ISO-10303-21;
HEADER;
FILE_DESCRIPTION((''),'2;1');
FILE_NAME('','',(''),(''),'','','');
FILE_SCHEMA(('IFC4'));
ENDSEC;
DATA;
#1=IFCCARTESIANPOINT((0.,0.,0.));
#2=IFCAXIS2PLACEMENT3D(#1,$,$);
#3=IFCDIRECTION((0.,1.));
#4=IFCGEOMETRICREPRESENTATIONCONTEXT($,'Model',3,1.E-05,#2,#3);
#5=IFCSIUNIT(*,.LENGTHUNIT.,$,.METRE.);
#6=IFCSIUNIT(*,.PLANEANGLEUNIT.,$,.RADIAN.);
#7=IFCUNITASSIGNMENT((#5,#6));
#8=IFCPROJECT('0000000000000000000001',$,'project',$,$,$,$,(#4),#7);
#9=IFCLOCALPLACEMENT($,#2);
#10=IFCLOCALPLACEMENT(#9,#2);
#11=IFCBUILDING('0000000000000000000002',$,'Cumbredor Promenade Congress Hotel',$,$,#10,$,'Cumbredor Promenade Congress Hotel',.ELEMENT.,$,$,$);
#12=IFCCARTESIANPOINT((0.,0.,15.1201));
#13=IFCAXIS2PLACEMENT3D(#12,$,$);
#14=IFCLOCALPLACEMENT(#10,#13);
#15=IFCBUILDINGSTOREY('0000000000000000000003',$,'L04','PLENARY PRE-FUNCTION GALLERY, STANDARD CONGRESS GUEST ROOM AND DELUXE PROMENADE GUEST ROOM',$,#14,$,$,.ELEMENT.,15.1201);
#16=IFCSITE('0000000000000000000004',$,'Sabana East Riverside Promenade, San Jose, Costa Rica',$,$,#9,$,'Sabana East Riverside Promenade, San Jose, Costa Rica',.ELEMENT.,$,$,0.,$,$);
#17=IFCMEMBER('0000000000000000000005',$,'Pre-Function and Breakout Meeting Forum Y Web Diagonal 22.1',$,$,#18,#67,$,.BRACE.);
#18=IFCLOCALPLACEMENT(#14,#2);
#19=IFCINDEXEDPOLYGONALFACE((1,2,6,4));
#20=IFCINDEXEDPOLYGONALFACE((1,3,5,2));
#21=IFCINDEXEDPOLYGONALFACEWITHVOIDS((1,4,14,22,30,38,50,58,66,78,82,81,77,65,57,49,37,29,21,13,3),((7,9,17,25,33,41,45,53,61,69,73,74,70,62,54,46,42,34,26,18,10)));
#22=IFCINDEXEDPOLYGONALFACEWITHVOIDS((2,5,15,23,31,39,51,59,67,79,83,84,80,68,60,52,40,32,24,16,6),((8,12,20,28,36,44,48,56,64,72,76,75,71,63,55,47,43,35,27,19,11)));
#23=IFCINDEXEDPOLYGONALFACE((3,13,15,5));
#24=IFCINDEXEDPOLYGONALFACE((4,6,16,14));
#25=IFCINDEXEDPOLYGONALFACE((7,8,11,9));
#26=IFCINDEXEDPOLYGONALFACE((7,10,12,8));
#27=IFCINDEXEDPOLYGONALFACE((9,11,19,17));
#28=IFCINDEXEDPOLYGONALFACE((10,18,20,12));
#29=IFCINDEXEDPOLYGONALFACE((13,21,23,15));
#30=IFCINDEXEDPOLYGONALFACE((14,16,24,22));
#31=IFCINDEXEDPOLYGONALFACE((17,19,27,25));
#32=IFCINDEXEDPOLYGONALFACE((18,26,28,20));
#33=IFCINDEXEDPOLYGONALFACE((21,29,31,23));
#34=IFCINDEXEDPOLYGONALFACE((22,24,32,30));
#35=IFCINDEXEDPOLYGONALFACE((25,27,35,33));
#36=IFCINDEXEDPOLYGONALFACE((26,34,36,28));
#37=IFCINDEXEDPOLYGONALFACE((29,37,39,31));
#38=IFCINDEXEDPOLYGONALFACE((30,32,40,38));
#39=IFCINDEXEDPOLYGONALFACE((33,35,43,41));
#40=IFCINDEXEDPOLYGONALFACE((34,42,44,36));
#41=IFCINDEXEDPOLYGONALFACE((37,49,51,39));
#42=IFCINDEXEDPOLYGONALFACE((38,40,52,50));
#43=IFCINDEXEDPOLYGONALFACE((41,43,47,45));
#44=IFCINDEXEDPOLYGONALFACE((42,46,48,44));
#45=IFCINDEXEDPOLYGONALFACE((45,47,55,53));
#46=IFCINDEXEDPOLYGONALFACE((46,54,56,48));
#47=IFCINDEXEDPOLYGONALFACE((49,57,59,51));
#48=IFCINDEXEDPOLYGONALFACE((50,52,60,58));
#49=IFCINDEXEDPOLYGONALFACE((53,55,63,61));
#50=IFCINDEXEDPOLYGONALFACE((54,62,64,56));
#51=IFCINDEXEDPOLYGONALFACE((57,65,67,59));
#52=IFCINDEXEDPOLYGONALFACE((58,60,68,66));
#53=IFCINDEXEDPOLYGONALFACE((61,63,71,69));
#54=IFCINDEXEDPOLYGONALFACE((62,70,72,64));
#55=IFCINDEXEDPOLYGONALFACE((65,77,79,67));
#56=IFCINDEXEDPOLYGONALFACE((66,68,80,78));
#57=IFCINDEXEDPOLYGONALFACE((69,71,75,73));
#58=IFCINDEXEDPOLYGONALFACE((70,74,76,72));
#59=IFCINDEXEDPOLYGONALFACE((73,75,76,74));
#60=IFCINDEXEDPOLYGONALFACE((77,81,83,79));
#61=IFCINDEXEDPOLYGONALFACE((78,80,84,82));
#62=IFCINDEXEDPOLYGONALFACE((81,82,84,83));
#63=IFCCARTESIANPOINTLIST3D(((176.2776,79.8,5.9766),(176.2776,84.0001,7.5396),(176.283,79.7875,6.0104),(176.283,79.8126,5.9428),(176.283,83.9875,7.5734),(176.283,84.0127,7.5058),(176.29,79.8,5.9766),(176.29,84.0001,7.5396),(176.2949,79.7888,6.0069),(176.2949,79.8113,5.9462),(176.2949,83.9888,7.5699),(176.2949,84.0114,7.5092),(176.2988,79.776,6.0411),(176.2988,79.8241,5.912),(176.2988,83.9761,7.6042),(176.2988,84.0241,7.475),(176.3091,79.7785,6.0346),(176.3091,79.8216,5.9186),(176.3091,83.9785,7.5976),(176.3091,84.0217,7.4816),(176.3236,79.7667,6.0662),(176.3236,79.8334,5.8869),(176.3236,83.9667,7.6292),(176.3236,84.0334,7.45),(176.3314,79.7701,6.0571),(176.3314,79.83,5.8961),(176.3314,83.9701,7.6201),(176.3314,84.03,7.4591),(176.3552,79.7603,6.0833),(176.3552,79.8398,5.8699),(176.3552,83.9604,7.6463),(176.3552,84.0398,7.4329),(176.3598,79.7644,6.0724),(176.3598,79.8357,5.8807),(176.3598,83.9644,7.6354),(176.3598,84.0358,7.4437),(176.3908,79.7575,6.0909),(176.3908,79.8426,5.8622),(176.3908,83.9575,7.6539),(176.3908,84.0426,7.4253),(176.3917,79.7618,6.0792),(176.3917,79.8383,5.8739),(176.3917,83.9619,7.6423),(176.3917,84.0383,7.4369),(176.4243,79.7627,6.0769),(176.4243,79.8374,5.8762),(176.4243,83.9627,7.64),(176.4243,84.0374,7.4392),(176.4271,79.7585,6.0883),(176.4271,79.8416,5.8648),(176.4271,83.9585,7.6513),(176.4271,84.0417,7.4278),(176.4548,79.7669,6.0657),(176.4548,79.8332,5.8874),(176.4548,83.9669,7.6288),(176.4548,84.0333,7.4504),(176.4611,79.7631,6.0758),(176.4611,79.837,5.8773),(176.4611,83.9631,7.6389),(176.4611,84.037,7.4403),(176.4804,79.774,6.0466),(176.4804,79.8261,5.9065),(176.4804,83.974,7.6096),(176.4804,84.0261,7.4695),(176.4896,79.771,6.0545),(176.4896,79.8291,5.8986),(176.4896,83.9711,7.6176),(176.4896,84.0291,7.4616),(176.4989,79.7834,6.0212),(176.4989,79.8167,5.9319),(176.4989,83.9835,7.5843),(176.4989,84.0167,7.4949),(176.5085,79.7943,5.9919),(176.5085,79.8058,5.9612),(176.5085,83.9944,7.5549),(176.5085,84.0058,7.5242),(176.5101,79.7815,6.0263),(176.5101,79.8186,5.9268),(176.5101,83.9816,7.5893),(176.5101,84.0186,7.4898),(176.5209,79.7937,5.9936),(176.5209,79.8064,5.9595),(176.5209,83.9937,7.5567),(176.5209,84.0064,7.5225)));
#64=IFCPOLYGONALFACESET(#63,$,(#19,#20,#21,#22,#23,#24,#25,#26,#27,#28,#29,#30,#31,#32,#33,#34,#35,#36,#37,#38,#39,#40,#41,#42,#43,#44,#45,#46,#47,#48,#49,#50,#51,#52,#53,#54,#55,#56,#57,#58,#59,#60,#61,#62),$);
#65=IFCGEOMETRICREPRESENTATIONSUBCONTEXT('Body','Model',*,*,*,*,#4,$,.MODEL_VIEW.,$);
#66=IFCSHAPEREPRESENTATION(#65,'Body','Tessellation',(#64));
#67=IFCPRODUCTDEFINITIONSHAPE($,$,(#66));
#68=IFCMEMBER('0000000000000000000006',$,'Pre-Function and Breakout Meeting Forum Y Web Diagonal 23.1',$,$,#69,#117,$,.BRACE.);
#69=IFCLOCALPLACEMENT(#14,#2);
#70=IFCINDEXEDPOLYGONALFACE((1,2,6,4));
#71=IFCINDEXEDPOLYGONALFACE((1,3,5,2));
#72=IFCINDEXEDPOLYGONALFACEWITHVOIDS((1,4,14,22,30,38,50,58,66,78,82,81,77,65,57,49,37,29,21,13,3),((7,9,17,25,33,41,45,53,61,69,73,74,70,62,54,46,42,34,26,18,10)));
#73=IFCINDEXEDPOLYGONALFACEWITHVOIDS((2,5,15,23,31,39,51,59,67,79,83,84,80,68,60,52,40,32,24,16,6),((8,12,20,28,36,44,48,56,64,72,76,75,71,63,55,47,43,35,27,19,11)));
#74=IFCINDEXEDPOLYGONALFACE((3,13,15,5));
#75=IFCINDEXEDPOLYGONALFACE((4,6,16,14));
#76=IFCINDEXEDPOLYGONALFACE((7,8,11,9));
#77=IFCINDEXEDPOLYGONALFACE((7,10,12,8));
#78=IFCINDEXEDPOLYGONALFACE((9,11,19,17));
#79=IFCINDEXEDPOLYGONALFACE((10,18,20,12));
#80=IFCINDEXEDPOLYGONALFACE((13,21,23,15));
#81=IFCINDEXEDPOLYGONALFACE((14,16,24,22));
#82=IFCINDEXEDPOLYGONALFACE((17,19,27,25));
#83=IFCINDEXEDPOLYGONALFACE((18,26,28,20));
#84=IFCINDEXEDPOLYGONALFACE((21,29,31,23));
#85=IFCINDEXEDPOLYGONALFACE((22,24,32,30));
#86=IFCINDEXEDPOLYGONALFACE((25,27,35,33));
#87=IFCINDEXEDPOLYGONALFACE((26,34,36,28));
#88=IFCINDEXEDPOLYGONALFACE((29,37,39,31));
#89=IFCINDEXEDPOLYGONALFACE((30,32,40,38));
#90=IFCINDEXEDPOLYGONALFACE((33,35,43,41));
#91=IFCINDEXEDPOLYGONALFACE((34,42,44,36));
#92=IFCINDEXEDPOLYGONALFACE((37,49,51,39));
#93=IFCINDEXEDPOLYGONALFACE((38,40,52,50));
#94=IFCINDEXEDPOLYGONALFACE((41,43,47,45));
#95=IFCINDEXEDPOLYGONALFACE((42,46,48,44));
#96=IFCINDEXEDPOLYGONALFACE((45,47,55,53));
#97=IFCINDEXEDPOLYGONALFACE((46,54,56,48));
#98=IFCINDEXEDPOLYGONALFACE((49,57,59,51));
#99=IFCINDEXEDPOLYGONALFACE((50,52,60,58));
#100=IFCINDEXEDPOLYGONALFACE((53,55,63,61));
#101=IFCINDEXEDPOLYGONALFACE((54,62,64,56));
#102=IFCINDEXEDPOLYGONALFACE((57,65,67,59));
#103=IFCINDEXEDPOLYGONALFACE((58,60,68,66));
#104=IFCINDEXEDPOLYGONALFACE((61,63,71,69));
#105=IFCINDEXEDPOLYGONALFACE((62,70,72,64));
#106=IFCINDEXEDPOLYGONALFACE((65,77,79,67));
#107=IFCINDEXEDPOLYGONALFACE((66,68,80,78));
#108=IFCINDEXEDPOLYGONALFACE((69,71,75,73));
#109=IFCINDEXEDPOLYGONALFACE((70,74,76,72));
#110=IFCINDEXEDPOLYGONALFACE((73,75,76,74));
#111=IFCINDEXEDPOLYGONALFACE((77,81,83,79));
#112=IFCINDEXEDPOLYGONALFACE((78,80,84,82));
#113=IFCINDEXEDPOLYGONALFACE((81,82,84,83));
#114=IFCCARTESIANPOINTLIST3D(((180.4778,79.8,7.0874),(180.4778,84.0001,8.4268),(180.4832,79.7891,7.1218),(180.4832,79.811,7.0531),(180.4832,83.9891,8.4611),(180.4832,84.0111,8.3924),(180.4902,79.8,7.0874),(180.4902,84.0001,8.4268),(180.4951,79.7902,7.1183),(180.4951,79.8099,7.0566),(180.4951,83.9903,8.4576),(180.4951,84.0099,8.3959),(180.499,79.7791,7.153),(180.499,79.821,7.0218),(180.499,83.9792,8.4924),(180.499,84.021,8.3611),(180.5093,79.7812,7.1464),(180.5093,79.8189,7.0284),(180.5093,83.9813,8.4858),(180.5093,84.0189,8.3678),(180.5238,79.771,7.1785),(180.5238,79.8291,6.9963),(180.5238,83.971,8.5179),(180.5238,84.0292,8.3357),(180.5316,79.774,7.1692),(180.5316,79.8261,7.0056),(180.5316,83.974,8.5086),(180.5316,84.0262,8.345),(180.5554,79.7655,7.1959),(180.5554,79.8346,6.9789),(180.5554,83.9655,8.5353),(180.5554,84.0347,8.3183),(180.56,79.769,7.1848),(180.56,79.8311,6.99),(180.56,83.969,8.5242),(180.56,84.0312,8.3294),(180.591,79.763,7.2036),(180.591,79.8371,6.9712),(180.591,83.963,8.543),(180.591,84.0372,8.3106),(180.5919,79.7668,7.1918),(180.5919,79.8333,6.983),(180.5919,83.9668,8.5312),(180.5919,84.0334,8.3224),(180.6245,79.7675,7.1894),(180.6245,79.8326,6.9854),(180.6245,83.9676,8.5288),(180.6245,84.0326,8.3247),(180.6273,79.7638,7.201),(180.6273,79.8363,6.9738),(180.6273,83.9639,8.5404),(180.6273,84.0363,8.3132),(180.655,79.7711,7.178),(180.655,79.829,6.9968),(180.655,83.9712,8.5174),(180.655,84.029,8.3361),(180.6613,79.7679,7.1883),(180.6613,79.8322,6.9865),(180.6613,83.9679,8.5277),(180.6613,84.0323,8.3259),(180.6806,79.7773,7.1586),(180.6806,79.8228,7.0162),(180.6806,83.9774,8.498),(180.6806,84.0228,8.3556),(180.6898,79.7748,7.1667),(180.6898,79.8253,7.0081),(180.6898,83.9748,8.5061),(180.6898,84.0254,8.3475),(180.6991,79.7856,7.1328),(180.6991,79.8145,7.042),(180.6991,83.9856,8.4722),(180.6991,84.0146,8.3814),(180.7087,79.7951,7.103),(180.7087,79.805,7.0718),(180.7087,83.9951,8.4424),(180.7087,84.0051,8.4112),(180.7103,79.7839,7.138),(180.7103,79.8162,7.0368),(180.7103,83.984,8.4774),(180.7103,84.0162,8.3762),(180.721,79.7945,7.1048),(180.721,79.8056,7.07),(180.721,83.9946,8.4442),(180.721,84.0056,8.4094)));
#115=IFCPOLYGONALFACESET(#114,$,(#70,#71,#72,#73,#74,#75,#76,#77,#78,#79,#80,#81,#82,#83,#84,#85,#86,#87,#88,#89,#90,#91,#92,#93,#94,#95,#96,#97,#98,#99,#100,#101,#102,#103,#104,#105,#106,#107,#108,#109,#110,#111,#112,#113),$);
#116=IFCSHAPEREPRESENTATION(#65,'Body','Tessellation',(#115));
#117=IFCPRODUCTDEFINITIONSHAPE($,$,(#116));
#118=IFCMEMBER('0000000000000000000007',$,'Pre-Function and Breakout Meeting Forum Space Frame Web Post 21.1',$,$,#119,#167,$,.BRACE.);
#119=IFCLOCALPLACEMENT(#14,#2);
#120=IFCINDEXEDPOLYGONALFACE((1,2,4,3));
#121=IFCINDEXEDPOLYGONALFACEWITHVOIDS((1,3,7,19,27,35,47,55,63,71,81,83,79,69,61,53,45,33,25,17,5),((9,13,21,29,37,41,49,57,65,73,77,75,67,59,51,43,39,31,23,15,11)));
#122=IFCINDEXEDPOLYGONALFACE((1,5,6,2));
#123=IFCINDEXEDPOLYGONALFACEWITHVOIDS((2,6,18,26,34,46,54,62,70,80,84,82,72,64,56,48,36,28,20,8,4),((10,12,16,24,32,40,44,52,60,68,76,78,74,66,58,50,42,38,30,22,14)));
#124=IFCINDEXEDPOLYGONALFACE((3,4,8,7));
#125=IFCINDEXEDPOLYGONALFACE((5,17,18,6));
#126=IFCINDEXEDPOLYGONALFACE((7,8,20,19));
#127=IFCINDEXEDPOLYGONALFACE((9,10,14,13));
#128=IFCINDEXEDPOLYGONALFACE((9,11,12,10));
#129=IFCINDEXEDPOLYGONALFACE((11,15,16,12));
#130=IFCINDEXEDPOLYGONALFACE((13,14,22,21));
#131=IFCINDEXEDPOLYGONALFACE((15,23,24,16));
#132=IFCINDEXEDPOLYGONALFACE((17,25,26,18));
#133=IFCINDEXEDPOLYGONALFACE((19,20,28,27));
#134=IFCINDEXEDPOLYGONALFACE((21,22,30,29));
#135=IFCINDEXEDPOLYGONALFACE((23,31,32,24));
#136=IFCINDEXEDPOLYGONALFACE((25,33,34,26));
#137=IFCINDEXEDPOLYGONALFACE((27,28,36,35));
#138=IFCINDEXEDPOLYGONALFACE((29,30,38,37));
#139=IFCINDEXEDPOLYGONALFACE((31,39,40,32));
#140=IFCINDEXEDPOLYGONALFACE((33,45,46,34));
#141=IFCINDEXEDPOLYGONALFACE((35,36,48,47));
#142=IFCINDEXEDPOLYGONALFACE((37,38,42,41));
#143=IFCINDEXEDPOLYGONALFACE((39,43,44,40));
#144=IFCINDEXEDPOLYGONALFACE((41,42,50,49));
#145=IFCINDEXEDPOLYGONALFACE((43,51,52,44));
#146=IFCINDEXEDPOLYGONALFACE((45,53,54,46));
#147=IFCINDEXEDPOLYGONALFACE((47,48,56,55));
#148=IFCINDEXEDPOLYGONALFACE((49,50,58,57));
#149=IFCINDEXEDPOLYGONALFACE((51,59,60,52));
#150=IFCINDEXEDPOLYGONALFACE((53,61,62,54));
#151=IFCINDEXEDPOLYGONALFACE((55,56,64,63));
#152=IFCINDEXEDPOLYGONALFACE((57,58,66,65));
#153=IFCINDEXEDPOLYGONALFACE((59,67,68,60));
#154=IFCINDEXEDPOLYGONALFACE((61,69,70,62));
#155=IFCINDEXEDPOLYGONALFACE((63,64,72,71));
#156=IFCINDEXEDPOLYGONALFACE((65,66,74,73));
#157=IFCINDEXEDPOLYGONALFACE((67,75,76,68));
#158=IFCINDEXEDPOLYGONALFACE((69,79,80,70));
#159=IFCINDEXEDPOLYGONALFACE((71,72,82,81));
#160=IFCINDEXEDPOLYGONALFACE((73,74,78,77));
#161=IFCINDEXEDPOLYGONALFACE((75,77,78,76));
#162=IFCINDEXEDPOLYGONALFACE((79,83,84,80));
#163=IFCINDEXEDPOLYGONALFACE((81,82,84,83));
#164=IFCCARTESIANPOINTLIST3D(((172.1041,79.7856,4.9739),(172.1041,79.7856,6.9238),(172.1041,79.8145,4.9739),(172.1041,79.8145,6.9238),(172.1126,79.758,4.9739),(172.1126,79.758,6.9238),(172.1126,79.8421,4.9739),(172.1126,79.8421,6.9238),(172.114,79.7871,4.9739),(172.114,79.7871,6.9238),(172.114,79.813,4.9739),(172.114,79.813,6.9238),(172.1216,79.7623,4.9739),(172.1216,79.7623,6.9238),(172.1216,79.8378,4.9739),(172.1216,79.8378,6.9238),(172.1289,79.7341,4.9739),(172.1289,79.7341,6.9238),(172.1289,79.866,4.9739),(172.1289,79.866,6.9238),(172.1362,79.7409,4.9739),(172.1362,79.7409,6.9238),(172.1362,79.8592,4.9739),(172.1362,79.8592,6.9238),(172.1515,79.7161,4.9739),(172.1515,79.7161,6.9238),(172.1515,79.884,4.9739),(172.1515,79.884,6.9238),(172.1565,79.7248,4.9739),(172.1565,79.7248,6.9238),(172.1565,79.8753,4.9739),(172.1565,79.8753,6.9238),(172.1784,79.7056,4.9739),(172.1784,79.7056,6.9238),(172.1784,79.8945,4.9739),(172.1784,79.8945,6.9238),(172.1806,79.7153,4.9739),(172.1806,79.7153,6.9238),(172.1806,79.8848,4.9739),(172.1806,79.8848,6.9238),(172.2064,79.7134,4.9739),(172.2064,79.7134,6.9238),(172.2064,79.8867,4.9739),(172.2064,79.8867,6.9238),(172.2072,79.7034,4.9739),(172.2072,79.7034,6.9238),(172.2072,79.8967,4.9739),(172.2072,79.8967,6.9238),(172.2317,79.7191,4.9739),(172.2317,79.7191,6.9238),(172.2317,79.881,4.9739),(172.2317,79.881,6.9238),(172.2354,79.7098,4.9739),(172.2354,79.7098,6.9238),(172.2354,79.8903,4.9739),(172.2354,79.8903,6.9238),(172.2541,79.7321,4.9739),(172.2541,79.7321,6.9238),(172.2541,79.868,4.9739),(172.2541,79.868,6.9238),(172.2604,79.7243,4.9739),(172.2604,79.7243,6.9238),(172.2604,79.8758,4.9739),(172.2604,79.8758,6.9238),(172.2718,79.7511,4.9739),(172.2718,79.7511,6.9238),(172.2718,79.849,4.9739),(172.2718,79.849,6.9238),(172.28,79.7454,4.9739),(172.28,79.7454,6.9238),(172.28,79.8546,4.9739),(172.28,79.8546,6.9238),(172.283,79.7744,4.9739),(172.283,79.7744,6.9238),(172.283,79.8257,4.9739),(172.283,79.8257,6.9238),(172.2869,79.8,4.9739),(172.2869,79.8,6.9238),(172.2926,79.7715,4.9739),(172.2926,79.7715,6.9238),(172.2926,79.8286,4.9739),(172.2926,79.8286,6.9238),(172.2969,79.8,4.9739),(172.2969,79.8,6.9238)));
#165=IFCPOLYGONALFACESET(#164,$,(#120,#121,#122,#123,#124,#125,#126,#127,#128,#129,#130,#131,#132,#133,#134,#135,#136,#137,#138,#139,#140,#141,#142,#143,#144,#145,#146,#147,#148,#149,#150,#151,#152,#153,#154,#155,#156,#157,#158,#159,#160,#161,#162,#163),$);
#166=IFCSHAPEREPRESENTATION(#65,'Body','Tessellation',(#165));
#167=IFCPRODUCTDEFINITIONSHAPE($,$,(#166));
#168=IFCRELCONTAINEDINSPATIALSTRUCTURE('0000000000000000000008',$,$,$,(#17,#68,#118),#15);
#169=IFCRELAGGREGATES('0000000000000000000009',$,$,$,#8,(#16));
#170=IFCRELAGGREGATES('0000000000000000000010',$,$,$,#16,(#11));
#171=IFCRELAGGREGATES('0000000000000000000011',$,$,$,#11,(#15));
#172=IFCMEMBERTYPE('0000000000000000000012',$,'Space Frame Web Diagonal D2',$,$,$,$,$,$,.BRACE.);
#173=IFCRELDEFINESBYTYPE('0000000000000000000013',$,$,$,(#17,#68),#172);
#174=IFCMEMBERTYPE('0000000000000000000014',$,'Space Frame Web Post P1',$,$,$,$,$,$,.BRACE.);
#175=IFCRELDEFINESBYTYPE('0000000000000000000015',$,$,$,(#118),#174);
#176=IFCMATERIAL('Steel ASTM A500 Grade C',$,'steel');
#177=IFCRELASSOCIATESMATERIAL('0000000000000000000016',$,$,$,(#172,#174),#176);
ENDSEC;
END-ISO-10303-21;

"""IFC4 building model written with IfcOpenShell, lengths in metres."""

from ifc_helpers import new_model, si_unit, direction, frame, origin, origin_2d, place, context, subcontext, project, spatial, hollow_circle, extrude, material, material_profile, profile_set, type_object, element, save


model = new_model("IFC4")

# Units and contexts
model_context = context("Model", 3, precision=1e-05, world=origin(), true_north=direction((0.0, 1.0)))
body_context = subcontext(model_context, "Body", "Model", "MODEL_VIEW")
ifc_project = project(units=[si_unit("LENGTHUNIT", "METRE"), si_unit("PLANEANGLEUNIT", "RADIAN")], contexts=[model_context])

# Site, building, storey
site_placement = place(None, origin())
site = spatial("IfcSite", under=ifc_project, at=site_placement, Name="Sabana East Riverside Promenade, San Jose, Costa Rica", LongName="Sabana East Riverside Promenade, San Jose, Costa Rica", CompositionType="ELEMENT", RefElevation=0.0)
building_placement = place(site_placement, origin())
building = spatial("IfcBuilding", under=site, at=building_placement, Name="Cumbredor Promenade Congress Hotel", LongName="Cumbredor Promenade Congress Hotel", CompositionType="ELEMENT")
storey_placement = place(building_placement, frame((0.0, 0.0, 15.1201)))
storey = spatial("IfcBuildingStorey", under=building, at=storey_placement, Name="L04", Description="PLENARY PRE-FUNCTION GALLERY, STANDARD CONGRESS GUEST ROOM AND DELUXE PROMENADE GUEST ROOM", CompositionType="ELEMENT", Elevation=15.1201)

# Members
ifc_material_1 = material(Name="Steel ASTM A500 Grade C", Category="steel")
ifc_material_profile_1 = material_profile(ifc_material_1, hollow_circle(Radius=0.1223, WallThickness=0.0125, at=origin_2d()), Name="CHS 244.5x12.5")
ifc_profile_set_1 = profile_set([ifc_material_profile_1], Name="Steel ASTM A500 Grade C")
member_type_1 = type_object("IfcMemberType", Name="Space Frame Web Diagonal D2", PredefinedType="BRACE", material=ifc_profile_set_1)
member_1_placement = place(storey_placement, frame((176.3999, 79.8, 5.9766), z_axis=(0.0, 0.937206, 0.348776), x_axis=(-1.0, 0.0, 0.0)))
element("IfcMember", 1, at=member_1_placement, inside=storey, type_object=member_type_1, Name="Pre-Function and Breakout Meeting Forum Y Web Diagonal 22.1", PredefinedType="BRACE", context=body_context, shape_type="SweptSolid", body=[
    extrude(hollow_circle(Radius=0.1223, WallThickness=0.0125, at=origin_2d()), origin(), (0.0, 0.0, 1.0), 4.4814),
])
member_2_placement = place(storey_placement, frame((180.6001, 79.8, 7.0874), z_axis=(0.0, 0.952728, 0.303823), x_axis=(-1.0, 0.0, 0.0)))
element("IfcMember", 2, at=member_2_placement, inside=storey, type_object=member_type_1, Name="Pre-Function and Breakout Meeting Forum Y Web Diagonal 23.1", PredefinedType="BRACE", context=body_context, shape_type="SweptSolid", body=[
    extrude(hollow_circle(Radius=0.1223, WallThickness=0.0125, at=origin_2d()), origin(), (0.0, 0.0, 1.0), 4.4084),
])
ifc_material_profile_2 = material_profile(ifc_material_1, hollow_circle(Radius=0.0969, WallThickness=0.01, at=origin_2d()), Name="CHS 193.7x10")
ifc_profile_set_2 = profile_set([ifc_material_profile_2], Name="Steel ASTM A500 Grade C")
member_type_2 = type_object("IfcMemberType", Name="Space Frame Web Post P1", PredefinedType="BRACE", material=ifc_profile_set_2)
for number, where, z_axis, x_axis, name in (
    (3, (172.2, 79.8, 4.9739), (0.0, 0.0, 1.0), (1.0, 0.0, 0.0), "Pre-Function and Breakout Meeting Forum Space Frame Web Post 21.1"),
):
    element("IfcMember", number, at=place(storey_placement, frame(where, z_axis=z_axis, x_axis=x_axis)), inside=storey, type_object=member_type_2, Name=name, PredefinedType="BRACE", context=body_context, shape_type="SweptSolid", body=[
        extrude(hollow_circle(Radius=0.0969, WallThickness=0.01, at=origin_2d()), origin(), (0.0, 0.0, 1.0), 1.95),
    ])

save(model, "model.ifc")
